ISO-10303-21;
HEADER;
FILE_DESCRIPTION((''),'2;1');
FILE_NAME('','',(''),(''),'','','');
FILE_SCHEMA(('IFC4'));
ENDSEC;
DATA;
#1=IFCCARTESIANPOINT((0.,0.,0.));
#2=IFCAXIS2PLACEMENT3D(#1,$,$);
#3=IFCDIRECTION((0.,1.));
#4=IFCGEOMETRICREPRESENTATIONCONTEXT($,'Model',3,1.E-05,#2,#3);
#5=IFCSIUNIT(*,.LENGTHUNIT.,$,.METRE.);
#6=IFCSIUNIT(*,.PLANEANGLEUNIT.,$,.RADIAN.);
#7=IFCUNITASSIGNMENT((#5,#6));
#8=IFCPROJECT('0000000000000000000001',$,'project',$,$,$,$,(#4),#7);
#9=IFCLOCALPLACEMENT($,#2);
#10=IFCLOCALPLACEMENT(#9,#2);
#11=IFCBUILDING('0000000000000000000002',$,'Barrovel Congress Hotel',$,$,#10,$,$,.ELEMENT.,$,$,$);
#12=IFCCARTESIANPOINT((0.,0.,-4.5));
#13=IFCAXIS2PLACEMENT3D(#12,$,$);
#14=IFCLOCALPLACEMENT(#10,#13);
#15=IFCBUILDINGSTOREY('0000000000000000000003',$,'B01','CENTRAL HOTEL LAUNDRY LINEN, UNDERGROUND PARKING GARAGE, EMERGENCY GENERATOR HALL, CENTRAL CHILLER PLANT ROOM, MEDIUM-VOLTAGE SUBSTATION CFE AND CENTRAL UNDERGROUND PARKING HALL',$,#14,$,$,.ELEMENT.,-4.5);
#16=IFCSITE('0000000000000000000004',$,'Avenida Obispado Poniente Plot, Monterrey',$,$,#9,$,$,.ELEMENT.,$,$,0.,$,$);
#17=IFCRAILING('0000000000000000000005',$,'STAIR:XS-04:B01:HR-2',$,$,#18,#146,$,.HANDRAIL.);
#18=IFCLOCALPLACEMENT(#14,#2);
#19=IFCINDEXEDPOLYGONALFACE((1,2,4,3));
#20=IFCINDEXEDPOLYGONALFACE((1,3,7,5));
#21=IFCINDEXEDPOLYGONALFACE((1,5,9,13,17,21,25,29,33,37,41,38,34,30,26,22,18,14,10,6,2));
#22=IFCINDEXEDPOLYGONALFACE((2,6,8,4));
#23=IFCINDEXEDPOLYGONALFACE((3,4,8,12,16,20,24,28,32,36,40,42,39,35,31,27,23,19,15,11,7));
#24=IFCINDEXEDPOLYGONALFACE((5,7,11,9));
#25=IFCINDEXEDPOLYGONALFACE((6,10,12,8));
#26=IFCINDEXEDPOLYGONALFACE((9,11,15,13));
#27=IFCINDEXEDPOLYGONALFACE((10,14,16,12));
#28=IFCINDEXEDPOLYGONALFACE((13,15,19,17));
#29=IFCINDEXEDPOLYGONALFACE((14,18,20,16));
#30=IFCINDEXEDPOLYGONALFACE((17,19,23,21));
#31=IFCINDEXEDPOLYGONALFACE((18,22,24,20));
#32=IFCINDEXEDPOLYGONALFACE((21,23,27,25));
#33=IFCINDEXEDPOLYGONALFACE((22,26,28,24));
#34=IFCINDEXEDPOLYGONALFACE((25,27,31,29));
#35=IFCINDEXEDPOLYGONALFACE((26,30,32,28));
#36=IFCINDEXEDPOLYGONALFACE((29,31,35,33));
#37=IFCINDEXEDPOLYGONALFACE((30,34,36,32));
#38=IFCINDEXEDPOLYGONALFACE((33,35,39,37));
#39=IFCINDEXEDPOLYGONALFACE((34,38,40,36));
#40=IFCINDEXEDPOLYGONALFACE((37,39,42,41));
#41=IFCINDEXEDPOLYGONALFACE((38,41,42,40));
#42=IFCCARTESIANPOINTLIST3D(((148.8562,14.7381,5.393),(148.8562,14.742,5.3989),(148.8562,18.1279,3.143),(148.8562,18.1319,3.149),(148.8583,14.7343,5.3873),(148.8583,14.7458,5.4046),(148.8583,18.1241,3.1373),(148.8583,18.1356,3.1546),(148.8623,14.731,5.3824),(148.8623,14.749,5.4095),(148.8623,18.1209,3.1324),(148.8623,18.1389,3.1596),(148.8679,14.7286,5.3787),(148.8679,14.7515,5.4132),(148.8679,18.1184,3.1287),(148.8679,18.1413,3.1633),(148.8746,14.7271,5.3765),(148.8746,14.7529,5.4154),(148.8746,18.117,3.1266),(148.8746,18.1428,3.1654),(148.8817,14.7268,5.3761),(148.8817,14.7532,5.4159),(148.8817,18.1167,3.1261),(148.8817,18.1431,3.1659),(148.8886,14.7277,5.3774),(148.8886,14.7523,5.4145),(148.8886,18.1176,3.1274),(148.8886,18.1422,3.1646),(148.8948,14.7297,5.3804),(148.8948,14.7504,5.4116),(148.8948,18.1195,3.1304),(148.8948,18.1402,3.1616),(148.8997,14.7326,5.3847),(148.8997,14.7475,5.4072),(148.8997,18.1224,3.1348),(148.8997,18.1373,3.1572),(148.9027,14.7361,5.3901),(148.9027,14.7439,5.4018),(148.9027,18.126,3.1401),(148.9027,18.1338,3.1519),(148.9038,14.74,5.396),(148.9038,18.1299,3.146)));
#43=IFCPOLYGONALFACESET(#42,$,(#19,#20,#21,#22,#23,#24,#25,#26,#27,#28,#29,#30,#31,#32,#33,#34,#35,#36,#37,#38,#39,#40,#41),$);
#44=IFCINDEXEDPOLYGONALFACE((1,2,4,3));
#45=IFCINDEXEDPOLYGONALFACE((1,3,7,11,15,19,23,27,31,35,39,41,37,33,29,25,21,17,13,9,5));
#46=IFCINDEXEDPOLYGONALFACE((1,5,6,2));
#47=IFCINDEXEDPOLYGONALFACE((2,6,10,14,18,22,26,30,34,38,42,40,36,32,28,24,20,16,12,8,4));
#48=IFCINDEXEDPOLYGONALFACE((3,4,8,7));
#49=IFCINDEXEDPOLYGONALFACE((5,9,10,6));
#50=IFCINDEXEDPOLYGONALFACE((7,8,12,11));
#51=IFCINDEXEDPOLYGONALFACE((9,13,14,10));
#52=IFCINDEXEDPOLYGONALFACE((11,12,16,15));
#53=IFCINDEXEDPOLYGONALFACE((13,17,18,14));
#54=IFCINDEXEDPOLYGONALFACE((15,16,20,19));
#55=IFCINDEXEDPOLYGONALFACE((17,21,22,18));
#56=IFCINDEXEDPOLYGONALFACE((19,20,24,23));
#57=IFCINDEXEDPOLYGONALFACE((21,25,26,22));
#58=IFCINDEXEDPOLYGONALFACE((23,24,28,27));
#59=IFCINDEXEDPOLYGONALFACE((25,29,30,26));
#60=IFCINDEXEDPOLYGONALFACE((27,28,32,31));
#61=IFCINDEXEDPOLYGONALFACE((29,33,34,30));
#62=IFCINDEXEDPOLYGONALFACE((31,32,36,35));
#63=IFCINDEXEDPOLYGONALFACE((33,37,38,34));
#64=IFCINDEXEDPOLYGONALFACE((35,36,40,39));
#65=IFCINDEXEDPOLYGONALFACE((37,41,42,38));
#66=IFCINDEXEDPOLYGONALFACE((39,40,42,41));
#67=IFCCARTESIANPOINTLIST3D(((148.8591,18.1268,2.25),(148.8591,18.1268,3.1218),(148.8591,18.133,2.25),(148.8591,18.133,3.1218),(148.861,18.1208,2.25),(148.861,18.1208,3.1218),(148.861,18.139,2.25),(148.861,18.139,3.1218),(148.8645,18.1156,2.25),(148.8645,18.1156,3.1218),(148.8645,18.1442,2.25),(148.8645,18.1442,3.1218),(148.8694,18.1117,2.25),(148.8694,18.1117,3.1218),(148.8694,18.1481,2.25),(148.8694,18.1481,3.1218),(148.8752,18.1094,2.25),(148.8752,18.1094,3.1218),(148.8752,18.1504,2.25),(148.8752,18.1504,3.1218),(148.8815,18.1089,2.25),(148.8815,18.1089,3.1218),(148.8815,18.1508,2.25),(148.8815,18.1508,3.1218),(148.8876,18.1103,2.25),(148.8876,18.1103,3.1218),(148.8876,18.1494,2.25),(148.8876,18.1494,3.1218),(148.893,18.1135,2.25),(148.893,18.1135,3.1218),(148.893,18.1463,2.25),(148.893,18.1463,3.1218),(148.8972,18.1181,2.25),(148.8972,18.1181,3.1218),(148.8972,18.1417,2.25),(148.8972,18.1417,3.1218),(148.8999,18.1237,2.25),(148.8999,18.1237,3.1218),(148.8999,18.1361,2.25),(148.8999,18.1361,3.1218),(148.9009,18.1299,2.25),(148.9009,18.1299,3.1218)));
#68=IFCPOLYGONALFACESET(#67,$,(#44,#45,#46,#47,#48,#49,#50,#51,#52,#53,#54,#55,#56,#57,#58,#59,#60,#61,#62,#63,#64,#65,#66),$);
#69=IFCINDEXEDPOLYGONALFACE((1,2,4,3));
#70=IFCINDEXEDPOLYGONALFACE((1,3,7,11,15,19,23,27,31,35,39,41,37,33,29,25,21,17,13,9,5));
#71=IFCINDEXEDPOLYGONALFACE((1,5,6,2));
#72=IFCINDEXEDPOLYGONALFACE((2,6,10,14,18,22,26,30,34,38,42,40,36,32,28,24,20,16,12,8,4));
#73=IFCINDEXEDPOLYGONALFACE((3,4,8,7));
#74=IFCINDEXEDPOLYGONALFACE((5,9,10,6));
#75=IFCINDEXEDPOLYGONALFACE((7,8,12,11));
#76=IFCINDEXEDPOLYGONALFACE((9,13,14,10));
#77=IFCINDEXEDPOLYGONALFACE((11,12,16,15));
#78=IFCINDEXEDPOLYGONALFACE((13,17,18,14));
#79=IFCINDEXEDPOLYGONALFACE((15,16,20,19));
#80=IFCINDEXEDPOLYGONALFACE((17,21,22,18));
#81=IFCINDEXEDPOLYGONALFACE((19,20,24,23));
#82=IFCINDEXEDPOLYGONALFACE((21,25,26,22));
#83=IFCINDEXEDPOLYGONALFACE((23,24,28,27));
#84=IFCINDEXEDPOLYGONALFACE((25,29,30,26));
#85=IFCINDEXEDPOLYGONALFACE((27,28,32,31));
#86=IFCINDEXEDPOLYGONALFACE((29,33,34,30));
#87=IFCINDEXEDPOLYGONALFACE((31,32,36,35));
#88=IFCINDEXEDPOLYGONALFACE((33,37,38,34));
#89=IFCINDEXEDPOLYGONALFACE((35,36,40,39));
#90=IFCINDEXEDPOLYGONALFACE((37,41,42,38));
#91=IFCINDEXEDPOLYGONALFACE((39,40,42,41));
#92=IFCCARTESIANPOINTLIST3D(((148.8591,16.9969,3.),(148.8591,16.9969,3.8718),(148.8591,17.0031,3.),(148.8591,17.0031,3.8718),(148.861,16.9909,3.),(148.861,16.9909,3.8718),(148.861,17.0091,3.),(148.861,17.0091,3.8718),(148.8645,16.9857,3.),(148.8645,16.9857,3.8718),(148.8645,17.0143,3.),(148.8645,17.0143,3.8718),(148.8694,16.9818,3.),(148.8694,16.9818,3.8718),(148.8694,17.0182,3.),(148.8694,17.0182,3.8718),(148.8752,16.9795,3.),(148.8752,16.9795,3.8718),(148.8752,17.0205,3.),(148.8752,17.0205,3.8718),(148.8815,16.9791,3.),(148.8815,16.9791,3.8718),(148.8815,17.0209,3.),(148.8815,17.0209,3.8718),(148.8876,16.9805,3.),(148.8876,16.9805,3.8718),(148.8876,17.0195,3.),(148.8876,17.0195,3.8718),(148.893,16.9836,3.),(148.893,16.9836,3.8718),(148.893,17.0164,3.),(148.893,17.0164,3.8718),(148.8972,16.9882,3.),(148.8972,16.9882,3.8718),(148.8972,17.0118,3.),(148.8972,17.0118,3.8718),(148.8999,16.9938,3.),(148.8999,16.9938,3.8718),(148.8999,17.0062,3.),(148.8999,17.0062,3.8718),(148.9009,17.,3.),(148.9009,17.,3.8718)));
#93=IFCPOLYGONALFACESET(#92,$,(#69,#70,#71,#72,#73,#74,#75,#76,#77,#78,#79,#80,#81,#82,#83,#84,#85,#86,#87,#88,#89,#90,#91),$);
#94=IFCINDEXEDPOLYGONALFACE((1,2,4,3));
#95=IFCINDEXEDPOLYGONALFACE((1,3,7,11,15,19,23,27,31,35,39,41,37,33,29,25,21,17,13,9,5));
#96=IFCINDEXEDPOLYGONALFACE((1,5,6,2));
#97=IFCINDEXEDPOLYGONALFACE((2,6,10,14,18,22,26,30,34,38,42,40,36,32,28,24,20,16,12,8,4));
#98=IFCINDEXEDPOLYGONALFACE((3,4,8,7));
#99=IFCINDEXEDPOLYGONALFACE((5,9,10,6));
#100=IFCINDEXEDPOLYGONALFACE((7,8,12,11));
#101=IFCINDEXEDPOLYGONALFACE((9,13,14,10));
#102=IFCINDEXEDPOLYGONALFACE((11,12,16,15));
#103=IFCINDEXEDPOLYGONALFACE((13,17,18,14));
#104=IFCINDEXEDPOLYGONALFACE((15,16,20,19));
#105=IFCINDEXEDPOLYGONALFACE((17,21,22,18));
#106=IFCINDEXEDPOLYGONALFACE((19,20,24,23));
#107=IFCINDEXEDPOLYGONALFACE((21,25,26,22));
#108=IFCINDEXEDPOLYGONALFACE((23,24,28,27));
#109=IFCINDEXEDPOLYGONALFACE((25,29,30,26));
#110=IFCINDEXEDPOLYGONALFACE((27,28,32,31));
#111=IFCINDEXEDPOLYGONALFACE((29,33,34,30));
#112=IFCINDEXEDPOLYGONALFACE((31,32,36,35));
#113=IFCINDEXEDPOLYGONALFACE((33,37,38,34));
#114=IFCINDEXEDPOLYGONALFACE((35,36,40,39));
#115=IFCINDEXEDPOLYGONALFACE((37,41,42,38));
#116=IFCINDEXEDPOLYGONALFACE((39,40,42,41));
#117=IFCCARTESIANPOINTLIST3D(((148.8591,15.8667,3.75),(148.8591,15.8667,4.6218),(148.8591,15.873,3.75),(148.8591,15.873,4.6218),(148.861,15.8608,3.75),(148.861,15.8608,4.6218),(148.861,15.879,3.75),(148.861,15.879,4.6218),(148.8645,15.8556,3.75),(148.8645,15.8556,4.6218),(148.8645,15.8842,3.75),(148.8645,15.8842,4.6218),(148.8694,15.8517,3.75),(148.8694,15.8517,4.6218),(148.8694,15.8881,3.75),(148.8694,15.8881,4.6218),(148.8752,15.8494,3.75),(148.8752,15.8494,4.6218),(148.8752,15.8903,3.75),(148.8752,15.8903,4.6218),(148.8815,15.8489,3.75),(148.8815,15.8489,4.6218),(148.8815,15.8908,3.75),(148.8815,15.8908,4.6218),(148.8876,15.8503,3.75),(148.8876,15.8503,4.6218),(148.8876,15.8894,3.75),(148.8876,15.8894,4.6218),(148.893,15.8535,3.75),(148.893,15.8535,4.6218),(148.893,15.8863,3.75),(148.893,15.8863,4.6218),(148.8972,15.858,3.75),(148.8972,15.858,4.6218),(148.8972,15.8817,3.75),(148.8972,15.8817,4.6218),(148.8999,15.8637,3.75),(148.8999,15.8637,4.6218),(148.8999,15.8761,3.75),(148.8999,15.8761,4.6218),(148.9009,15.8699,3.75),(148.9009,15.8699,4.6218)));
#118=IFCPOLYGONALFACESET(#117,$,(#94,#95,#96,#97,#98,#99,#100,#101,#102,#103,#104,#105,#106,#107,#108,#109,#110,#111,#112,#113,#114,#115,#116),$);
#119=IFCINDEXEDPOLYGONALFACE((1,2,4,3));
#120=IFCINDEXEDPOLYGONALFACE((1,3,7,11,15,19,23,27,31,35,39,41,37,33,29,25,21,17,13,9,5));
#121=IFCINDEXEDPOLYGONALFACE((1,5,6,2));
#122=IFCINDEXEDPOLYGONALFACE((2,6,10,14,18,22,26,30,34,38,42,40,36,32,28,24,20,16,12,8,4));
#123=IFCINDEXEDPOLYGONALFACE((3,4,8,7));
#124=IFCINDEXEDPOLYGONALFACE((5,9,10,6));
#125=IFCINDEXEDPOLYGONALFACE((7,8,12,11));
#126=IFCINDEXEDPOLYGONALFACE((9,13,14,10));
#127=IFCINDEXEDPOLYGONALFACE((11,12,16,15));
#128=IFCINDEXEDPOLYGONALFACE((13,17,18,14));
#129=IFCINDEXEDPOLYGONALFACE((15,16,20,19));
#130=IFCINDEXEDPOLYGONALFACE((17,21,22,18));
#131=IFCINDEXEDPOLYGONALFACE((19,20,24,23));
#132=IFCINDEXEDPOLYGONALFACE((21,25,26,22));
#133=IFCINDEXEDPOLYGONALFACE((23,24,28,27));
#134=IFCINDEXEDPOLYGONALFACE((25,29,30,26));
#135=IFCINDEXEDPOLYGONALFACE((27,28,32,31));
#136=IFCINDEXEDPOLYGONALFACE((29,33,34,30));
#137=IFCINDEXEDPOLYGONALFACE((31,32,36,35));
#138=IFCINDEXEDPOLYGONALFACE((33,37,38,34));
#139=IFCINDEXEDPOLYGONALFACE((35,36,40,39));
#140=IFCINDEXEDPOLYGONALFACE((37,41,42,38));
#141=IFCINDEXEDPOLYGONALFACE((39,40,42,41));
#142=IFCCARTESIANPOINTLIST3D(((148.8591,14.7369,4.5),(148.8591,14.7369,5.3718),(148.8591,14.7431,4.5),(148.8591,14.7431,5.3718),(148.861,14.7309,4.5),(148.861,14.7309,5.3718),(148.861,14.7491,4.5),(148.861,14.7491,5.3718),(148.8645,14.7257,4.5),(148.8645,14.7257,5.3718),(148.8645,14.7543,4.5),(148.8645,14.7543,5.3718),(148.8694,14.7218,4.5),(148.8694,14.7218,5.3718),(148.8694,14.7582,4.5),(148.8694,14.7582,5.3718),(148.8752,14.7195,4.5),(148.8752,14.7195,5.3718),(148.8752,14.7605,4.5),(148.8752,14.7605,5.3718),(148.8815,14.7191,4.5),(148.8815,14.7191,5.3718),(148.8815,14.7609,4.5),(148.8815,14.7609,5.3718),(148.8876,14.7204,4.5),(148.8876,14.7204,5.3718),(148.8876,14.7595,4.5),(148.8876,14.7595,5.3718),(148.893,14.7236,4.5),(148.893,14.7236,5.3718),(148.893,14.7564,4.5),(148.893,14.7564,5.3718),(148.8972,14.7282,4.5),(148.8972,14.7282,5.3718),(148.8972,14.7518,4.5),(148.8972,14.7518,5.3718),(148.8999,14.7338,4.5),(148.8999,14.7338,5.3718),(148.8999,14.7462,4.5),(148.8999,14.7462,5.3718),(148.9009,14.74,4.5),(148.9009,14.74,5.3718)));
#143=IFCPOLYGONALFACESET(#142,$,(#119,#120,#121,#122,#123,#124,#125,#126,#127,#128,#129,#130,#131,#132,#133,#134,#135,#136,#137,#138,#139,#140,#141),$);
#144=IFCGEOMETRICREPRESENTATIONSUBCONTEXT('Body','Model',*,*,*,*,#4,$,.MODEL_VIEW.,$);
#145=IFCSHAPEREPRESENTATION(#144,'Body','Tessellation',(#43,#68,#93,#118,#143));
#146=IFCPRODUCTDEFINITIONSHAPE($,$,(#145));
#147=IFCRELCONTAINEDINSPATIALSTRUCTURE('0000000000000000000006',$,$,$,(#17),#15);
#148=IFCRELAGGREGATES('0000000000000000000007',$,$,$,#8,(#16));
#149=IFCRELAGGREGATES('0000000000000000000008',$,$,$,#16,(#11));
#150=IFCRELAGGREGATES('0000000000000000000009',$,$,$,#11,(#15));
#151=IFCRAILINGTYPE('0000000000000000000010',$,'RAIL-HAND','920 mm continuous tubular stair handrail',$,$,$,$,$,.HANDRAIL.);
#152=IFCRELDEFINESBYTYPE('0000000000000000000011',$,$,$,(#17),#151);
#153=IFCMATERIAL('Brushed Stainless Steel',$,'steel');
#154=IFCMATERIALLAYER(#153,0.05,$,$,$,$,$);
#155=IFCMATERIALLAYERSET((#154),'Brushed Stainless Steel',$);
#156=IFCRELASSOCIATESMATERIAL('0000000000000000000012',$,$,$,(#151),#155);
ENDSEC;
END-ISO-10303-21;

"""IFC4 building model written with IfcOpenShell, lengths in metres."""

from ifc_helpers import new_model, si_unit, direction, frame, origin, origin_2d, place, context, subcontext, project, spatial, circle, extrude, material, layer, layer_set, type_object, element, save


model = new_model("IFC4")

# Units and contexts
model_context = context("Model", 3, precision=1e-05, world=origin(), true_north=direction((0.0, 1.0)))
body_context = subcontext(model_context, "Body", "Model", "MODEL_VIEW")
ifc_project = project(units=[si_unit("LENGTHUNIT", "METRE"), si_unit("PLANEANGLEUNIT", "RADIAN")], contexts=[model_context])

# Site, building, storey
site_placement = place(None, origin())
site = spatial("IfcSite", under=ifc_project, at=site_placement, Name="Avenida Obispado Poniente Plot, Monterrey", CompositionType="ELEMENT", RefElevation=0.0)
building_placement = place(site_placement, origin())
building = spatial("IfcBuilding", under=site, at=building_placement, Name="Barrovel Congress Hotel", CompositionType="ELEMENT")
storey_placement = place(building_placement, frame((0.0, 0.0, -4.5)))
storey = spatial("IfcBuildingStorey", under=building, at=storey_placement, Name="B01", Description="CENTRAL HOTEL LAUNDRY LINEN, UNDERGROUND PARKING GARAGE, EMERGENCY GENERATOR HALL, CENTRAL CHILLER PLANT ROOM, MEDIUM-VOLTAGE SUBSTATION CFE AND CENTRAL UNDERGROUND PARKING HALL", CompositionType="ELEMENT", Elevation=-4.5)

# Railing
ifc_material_1 = material(Name="Brushed Stainless Steel", Category="steel")
ifc_layer_1 = layer(ifc_material_1, 0.05)
ifc_layer_set_1 = layer_set([ifc_layer_1], Name="Brushed Stainless Steel")
railing_type_1 = type_object("IfcRailingType", Name="RAIL-HAND", Description="920 mm continuous tubular stair handrail", PredefinedType="HANDRAIL", material=ifc_layer_set_1)
railing_1_placement = place(storey_placement, frame((148.8799, 18.1299, 2.25)))
element("IfcRailing", 1, at=railing_1_placement, inside=storey, type_object=railing_type_1, Name="STAIR:XS-04:B01:HR-2", PredefinedType="HANDRAIL", context=body_context, shape_type="SweptSolid", body=[
    extrude(circle(Radius=0.0239, at=origin_2d()), frame((0.0, 0.0, 0.896), z_axis=(0.0, -0.833175, 0.55301), x_axis=(1.0, 0.0, 0.0)), (0.0, 0.0, 1.0), 4.0686),
    extrude(circle(Radius=0.021, at=origin_2d()), origin(), (0.0, 0.0, 1.0), 0.8718),
    extrude(circle(Radius=0.021, at=origin_2d()), frame((0.0, -1.1299, 0.75)), (0.0, 0.0, 1.0), 0.8718),
    extrude(circle(Radius=0.021, at=origin_2d()), frame((0.0, -2.26, 1.5)), (0.0, 0.0, 1.0), 0.8718),
    extrude(circle(Radius=0.021, at=origin_2d()), frame((0.0, -3.3899, 2.25)), (0.0, 0.0, 1.0), 0.8718),
])

save(model, "model.ifc")
